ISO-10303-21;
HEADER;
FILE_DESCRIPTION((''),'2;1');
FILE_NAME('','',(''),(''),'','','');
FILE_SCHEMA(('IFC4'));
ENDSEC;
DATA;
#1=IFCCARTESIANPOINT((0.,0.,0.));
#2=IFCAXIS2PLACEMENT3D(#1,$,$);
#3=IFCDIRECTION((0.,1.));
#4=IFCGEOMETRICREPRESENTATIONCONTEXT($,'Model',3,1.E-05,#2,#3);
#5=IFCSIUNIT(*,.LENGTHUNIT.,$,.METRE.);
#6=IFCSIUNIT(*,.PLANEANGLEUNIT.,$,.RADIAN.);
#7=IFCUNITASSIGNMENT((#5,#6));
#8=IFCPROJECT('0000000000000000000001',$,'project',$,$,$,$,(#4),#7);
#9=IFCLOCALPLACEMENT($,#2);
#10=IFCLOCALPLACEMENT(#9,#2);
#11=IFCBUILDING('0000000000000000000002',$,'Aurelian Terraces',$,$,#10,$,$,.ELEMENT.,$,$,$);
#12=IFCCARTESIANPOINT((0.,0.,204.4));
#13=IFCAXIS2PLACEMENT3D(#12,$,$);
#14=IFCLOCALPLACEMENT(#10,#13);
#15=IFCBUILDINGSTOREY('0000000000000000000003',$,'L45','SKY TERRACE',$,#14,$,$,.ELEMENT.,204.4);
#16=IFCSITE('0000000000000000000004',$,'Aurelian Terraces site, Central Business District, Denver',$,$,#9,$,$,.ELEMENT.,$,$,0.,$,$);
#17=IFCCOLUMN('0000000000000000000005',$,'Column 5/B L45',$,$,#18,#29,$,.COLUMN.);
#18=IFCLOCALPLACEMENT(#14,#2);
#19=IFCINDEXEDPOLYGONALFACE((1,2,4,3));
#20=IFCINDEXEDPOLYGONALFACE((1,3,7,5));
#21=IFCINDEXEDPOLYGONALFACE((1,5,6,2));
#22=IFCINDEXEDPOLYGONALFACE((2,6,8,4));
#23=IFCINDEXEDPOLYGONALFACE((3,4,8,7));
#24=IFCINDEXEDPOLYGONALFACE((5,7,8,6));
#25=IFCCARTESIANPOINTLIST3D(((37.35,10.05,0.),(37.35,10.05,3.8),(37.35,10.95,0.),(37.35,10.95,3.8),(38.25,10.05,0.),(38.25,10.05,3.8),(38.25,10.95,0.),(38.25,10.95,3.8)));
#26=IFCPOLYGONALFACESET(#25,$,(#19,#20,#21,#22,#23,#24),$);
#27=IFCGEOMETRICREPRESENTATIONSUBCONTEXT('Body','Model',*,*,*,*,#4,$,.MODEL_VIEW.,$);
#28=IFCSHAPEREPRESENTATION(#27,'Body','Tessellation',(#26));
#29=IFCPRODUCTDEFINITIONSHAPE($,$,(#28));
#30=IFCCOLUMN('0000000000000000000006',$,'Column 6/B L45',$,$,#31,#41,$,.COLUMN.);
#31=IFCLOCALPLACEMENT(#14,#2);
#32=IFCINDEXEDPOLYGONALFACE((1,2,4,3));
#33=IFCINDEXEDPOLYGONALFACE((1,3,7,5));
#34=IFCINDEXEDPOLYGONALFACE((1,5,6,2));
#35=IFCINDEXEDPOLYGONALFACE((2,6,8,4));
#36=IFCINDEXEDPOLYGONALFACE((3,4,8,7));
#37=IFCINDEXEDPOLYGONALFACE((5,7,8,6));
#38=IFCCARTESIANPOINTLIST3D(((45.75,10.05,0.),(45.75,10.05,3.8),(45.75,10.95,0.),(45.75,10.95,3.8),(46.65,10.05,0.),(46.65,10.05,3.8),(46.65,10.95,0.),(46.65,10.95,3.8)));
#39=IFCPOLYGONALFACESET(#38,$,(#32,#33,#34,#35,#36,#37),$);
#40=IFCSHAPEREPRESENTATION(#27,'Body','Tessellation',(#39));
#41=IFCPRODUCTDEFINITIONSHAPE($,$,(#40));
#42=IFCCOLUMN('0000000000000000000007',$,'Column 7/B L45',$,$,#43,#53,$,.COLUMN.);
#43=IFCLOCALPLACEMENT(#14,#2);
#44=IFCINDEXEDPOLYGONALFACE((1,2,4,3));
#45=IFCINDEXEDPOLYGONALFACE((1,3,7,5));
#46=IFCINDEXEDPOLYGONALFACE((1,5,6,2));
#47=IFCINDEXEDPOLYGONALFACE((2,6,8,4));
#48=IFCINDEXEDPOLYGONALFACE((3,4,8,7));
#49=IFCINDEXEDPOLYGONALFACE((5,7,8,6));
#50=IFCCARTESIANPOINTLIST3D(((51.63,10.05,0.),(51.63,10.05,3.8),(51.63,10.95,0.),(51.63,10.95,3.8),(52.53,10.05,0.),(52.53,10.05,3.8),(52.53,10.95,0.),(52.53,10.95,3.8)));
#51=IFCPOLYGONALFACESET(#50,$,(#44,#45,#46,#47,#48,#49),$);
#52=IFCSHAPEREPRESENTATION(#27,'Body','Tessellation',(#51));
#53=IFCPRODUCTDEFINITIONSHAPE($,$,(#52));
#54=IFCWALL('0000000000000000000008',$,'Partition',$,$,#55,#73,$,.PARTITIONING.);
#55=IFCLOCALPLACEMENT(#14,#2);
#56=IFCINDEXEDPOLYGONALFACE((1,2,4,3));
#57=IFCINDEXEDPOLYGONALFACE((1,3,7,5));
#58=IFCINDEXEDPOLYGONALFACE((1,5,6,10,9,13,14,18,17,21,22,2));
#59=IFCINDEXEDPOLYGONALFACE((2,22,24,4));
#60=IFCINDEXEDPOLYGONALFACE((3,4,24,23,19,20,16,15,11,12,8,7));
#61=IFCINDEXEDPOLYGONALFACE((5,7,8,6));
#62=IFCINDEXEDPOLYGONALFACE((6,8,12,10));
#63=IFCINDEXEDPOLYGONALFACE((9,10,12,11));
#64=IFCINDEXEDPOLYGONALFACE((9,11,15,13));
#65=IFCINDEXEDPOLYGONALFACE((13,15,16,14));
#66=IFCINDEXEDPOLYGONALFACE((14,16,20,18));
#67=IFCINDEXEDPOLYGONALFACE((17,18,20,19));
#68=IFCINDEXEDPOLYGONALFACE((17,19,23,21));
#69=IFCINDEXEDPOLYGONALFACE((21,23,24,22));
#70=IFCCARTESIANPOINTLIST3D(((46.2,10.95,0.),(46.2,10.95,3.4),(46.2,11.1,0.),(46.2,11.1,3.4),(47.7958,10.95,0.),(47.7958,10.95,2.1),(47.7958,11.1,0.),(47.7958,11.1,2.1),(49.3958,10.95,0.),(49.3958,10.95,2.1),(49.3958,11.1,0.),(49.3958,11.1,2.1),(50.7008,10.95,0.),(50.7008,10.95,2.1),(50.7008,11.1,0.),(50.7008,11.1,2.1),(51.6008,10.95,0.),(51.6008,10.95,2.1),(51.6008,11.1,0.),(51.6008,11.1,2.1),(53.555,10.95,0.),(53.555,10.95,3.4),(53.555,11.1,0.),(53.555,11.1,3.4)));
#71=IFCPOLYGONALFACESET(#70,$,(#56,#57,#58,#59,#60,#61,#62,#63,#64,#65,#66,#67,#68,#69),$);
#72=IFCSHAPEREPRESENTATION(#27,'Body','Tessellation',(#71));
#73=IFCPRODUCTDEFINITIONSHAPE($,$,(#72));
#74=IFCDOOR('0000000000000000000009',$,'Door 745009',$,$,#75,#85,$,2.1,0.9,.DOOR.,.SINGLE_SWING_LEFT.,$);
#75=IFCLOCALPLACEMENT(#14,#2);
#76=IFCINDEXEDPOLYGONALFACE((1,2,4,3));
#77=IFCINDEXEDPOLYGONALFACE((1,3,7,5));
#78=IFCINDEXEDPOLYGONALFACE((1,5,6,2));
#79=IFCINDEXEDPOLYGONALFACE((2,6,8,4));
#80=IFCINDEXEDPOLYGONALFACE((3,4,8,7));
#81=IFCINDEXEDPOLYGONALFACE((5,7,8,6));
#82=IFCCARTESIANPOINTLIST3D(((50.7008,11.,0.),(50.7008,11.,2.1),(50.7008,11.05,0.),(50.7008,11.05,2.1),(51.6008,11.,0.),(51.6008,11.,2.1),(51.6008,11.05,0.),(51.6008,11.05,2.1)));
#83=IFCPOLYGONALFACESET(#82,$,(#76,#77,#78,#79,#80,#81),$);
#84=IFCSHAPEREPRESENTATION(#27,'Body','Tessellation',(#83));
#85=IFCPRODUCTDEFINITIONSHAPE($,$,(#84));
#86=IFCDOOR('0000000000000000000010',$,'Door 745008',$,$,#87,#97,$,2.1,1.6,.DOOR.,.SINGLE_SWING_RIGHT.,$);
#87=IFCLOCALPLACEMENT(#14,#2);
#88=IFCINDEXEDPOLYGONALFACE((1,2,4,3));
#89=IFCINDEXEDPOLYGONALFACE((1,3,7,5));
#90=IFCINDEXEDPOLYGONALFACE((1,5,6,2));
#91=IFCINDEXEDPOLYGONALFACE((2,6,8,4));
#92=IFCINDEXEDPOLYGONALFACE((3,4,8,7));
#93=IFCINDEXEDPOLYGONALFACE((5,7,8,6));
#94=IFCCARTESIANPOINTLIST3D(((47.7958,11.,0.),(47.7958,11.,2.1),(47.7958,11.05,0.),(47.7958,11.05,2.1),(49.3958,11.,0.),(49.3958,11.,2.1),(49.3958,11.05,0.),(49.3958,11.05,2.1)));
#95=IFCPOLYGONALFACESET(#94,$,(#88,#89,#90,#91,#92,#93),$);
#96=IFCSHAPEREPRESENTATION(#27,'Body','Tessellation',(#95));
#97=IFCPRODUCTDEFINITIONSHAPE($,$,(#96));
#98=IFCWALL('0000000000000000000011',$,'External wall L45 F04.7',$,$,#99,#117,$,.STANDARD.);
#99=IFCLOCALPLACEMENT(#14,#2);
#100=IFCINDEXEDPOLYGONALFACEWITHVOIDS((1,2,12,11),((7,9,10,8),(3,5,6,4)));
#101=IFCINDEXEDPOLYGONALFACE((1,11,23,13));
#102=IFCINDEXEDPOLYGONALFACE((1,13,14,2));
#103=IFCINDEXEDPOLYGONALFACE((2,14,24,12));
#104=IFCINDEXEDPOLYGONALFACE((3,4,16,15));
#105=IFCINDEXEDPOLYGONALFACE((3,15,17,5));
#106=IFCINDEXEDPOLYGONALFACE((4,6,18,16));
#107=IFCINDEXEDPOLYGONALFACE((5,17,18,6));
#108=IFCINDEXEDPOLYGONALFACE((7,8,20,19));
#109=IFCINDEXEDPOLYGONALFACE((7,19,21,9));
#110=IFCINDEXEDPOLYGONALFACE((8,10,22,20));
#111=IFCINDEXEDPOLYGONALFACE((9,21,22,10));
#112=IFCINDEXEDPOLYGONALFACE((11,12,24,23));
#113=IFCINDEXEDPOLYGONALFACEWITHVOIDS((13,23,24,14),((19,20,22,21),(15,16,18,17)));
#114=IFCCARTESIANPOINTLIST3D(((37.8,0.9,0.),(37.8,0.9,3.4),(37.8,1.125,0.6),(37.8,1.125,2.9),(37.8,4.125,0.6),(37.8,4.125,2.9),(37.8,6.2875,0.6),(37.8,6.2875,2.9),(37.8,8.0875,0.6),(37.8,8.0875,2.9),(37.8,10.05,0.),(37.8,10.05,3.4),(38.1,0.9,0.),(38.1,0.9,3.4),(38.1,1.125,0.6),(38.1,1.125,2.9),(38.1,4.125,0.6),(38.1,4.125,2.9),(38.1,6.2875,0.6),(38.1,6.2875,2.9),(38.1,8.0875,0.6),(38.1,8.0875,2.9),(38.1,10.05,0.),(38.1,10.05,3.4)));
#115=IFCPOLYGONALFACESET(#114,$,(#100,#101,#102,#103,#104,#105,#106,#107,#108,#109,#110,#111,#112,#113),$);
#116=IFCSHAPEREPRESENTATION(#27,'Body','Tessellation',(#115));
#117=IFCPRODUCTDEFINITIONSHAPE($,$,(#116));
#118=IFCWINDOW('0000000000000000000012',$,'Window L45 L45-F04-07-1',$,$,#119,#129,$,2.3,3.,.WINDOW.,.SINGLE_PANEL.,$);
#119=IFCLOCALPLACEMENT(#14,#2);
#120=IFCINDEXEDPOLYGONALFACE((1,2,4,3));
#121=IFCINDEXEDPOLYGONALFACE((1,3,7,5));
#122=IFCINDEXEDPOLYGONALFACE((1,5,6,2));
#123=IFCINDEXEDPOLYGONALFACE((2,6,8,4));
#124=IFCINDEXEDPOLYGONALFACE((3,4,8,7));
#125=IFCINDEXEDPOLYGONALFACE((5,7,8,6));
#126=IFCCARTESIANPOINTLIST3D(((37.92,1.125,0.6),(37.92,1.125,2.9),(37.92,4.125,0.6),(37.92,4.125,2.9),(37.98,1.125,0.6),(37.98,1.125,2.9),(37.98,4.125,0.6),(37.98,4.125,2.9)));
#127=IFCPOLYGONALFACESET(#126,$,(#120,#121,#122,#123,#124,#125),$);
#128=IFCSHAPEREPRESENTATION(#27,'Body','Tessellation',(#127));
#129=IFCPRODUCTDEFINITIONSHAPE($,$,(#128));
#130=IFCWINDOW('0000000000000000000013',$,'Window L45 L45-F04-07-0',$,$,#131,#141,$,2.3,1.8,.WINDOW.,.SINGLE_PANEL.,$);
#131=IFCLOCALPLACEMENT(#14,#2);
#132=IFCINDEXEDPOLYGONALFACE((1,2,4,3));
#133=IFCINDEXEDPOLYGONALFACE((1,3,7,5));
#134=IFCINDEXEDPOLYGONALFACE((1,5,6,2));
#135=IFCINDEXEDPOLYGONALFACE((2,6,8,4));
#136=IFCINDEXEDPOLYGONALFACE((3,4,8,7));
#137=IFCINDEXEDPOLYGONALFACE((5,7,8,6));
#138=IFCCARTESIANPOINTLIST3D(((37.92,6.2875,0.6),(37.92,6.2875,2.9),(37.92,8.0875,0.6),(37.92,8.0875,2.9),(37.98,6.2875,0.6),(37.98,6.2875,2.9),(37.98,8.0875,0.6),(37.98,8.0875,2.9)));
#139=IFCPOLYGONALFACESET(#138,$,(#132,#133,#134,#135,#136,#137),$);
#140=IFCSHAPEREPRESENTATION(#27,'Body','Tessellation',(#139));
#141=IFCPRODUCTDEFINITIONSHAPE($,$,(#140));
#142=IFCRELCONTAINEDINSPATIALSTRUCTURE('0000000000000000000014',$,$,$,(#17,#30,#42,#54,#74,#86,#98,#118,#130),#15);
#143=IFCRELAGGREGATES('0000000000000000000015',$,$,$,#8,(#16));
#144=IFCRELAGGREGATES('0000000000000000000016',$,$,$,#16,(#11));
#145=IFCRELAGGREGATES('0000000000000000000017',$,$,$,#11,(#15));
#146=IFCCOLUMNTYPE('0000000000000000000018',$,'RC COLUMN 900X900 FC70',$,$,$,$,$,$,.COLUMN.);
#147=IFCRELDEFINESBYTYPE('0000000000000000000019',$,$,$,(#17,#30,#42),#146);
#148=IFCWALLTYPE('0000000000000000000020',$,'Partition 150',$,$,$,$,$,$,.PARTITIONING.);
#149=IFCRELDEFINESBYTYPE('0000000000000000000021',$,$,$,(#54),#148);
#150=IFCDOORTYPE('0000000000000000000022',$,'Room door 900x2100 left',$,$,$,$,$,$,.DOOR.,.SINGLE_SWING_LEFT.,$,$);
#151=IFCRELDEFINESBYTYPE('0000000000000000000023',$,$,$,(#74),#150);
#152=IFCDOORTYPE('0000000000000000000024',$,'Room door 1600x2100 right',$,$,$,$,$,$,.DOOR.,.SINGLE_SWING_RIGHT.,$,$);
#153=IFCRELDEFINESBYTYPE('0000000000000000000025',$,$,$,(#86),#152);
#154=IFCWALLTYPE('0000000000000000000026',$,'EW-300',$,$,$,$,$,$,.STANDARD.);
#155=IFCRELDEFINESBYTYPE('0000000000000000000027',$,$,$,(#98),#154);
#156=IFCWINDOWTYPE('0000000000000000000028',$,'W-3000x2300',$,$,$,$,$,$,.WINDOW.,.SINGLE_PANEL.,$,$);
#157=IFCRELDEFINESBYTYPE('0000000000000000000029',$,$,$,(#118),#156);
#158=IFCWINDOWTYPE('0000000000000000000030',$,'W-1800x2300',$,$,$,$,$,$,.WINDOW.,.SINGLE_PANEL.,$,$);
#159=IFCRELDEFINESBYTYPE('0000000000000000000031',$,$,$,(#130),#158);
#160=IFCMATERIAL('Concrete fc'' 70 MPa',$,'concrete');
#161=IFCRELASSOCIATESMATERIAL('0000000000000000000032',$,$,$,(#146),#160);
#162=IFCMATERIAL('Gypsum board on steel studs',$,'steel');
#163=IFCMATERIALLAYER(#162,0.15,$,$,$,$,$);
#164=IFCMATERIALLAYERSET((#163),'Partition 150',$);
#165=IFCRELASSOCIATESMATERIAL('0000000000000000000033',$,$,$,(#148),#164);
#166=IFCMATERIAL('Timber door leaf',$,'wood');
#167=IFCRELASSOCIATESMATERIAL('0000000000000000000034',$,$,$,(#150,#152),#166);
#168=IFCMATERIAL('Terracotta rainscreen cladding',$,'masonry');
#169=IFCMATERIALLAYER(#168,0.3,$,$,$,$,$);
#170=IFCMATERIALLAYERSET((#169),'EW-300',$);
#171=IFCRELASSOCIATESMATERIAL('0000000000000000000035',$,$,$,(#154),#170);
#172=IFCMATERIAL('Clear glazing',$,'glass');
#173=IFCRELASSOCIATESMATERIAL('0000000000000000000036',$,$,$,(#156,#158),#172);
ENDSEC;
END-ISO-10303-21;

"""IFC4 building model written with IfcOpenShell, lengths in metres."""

from ifc_helpers import new_model, si_unit, direction, frame, frame_2d, origin, origin_2d, place, context, subcontext, project, spatial, rectangle, extrude, source, transform, mapped, material, layer, layer_set, material_profile, profile_set, type_object, element, fill, save


model = new_model("IFC4")

# Units and contexts
model_context = context("Model", 3, precision=1e-05, world=origin(), true_north=direction((0.0, 1.0)))
body_context = subcontext(model_context, "Body", "Model", "MODEL_VIEW")
ifc_project = project(units=[si_unit("LENGTHUNIT", "METRE"), si_unit("PLANEANGLEUNIT", "RADIAN")], contexts=[model_context])

# Site, building, storey
site_placement = place(None, origin())
site = spatial("IfcSite", under=ifc_project, at=site_placement, Name="Aurelian Terraces site, Central Business District, Denver", CompositionType="ELEMENT", RefElevation=0.0)
building_placement = place(site_placement, origin())
building = spatial("IfcBuilding", under=site, at=building_placement, Name="Aurelian Terraces", CompositionType="ELEMENT")
storey_placement = place(building_placement, frame((0.0, 0.0, 204.4)))
storey = spatial("IfcBuildingStorey", under=building, at=storey_placement, Name="L45", Description="SKY TERRACE", CompositionType="ELEMENT", Elevation=204.4)

# Columns
ifc_material_1 = material(Name="Concrete fc' 70 MPa", Category="concrete")
ifc_material_profile = material_profile(ifc_material_1, rectangle(XDim=0.9, YDim=0.9, at=origin_2d()))
ifc_profile_set = profile_set([ifc_material_profile], Name="Concrete fc' 70 MPa")
column_type = type_object("IfcColumnType", Name="RC COLUMN 900X900 FC70", PredefinedType="COLUMN", material=ifc_profile_set)
shared_shape_1 = source(origin(), body_context, "Body", "SweptSolid", [
    extrude(rectangle(XDim=0.9, YDim=0.9, at=origin_2d()), origin(), (0.0, 0.0, 1.0), 3.8),
])
for number, where, z_axis, x_axis, name in (
    (1, (37.8, 10.5, 0.0), (0.0, 0.0, 1.0), (1.0, 0.0, 0.0), "Column 5/B L45"),
    (2, (46.2, 10.5, 0.0), (0.0, 0.0, 1.0), (1.0, 0.0, 0.0), "Column 6/B L45"),
    (3, (52.08, 10.5, 0.0), (0.0, 0.0, 1.0), (1.0, 0.0, 0.0), "Column 7/B L45"),
):
    element("IfcColumn", number, at=place(storey_placement, frame(where, z_axis=z_axis, x_axis=x_axis)), inside=storey, type_object=column_type, Name=name, PredefinedType="COLUMN", context=body_context, shape_type="MappedRepresentation", body=[
        mapped(shared_shape_1, transform((0.0, 0.0, 0.0), scale=1.0)),
    ])

# Wall, openings, doors
ifc_material_2 = material(Name="Gypsum board on steel studs", Category="steel")
ifc_layer_1 = layer(ifc_material_2, 0.15)
ifc_layer_set_1 = layer_set([ifc_layer_1], Name="Partition 150")
wall_type_1 = type_object("IfcWallType", Name="Partition 150", PredefinedType="PARTITIONING", material=ifc_layer_set_1)
wall_1_placement = place(storey_placement, frame((53.555, 11.025, 0.0), z_axis=(0.0, 0.0, 1.0), x_axis=(-1.0, 0.0, 0.0)))
wall_1 = element("IfcWall", 4, at=wall_1_placement, inside=storey, type_object=wall_type_1, Name="Partition", PredefinedType="PARTITIONING", context=body_context, shape_type="SweptSolid", body=[
    extrude(rectangle(XDim=7.355, YDim=0.15, at=frame_2d((3.6775, 0.0))), origin(), (0.0, 0.0, 1.0), 3.4),
])
shared_shape_2 = source(origin(), body_context, "Body", "SweptSolid", [
    extrude(rectangle(XDim=1.6, YDim=2.1, at=frame_2d((0.8, 1.05))), frame((0.0, 0.085, 0.0), z_axis=(0.0, -1.0, 0.0), x_axis=(1.0, 0.0, 0.0)), (0.0, 0.0, 1.0), 0.17),
])
opening_1_placement = place(wall_1_placement, frame((4.1592, 0.0, 0.0)))
opening_1 = element("IfcOpeningElement", 5, at=opening_1_placement, cuts=wall_1, PredefinedType="OPENING", context=body_context, shape_type="MappedRepresentation", body=[
    mapped(shared_shape_2, transform((0.0, 0.0, 0.0), scale=1.0)),
])
shared_shape_3 = source(origin(), body_context, "Body", "SweptSolid", [
    extrude(rectangle(XDim=0.9, YDim=2.1, at=frame_2d((0.45, 1.05))), frame((0.0, 0.085, 0.0), z_axis=(0.0, -1.0, 0.0), x_axis=(1.0, 0.0, 0.0)), (0.0, 0.0, 1.0), 0.17),
])
opening_2_placement = place(wall_1_placement, frame((1.9542, 0.0, 0.0)))
opening_2 = element("IfcOpeningElement", 6, at=opening_2_placement, cuts=wall_1, PredefinedType="OPENING", context=body_context, shape_type="MappedRepresentation", body=[
    mapped(shared_shape_3, transform((0.0, 0.0, 0.0), scale=1.0)),
])
ifc_material_3 = material(Name="Timber door leaf", Category="wood")
door_type_1 = type_object("IfcDoorType", Name="Room door 900x2100 left", OperationType="SINGLE_SWING_LEFT", PredefinedType="DOOR", material=ifc_material_3)
shared_shape_4 = source(origin(), body_context, "Body", "SweptSolid", [
    extrude(rectangle(XDim=0.9, YDim=2.1, at=frame_2d((0.45, 1.05))), frame((0.0, 0.025, 0.0), z_axis=(0.0, -1.0, 0.0), x_axis=(1.0, 0.0, 0.0)), (0.0, 0.0, 1.0), 0.05),
])
door_1_placement = place(opening_2_placement, origin())
door_1 = element("IfcDoor", 7, at=door_1_placement, inside=storey, type_object=door_type_1, Name="Door 745009", OperationType="SINGLE_SWING_LEFT", OverallHeight=2.1, OverallWidth=0.9, PredefinedType="DOOR", context=body_context, shape_type="MappedRepresentation", body=[
    mapped(shared_shape_4, transform((0.0, 0.0, 0.0), scale=1.0)),
])
fill(opening_2, door_1)
door_type_2 = type_object("IfcDoorType", Name="Room door 1600x2100 right", OperationType="SINGLE_SWING_RIGHT", PredefinedType="DOOR", material=ifc_material_3)
shared_shape_5 = source(origin(), body_context, "Body", "SweptSolid", [
    extrude(rectangle(XDim=1.6, YDim=2.1, at=frame_2d((0.8, 1.05))), frame((0.0, 0.025, 0.0), z_axis=(0.0, -1.0, 0.0), x_axis=(1.0, 0.0, 0.0)), (0.0, 0.0, 1.0), 0.05),
])
door_2_placement = place(opening_1_placement, origin())
door_2 = element("IfcDoor", 8, at=door_2_placement, inside=storey, type_object=door_type_2, Name="Door 745008", OperationType="SINGLE_SWING_RIGHT", OverallHeight=2.1, OverallWidth=1.6, PredefinedType="DOOR", context=body_context, shape_type="MappedRepresentation", body=[
    mapped(shared_shape_5, transform((0.0, 0.0, 0.0), scale=1.0)),
])
fill(opening_1, door_2)

# Wall, openings, windows
ifc_material_4 = material(Name="Terracotta rainscreen cladding", Category="masonry")
ifc_layer_2 = layer(ifc_material_4, 0.3)
ifc_layer_set_2 = layer_set([ifc_layer_2], Name="EW-300")
wall_type_2 = type_object("IfcWallType", Name="EW-300", PredefinedType="STANDARD", material=ifc_layer_set_2)
shared_shape_6 = source(origin(), body_context, "Body", "SweptSolid", [
    extrude(rectangle(XDim=9.15, YDim=0.3, at=frame_2d((4.575, 0.0))), origin(), (0.0, 0.0, 1.0), 3.4),
])
wall_2_placement = place(storey_placement, frame((37.95, 10.05, 0.0), z_axis=(0.0, 0.0, 1.0), x_axis=(0.0, -1.0, 0.0)))
wall_2 = element("IfcWall", 9, at=wall_2_placement, inside=storey, type_object=wall_type_2, Name="External wall L45 F04.7", PredefinedType="STANDARD", context=body_context, shape_type="MappedRepresentation", body=[
    mapped(shared_shape_6, transform((0.0, 0.0, 0.0), scale=1.0)),
])
shared_shape_7 = source(origin(), body_context, "Body", "SweptSolid", [
    extrude(rectangle(XDim=1.8, YDim=2.3, at=frame_2d((0.9, 1.15))), frame((0.0, 0.16, 0.0), z_axis=(0.0, -1.0, 0.0), x_axis=(1.0, 0.0, 0.0)), (0.0, 0.0, 1.0), 0.32),
])
opening_3_placement = place(wall_2_placement, frame((1.9625, 0.0, 0.6)))
opening_3 = element("IfcOpeningElement", 10, at=opening_3_placement, cuts=wall_2, PredefinedType="OPENING", context=body_context, shape_type="MappedRepresentation", body=[
    mapped(shared_shape_7, transform((0.0, 0.0, 0.0), scale=1.0)),
])
shared_shape_8 = source(origin(), body_context, "Body", "SweptSolid", [
    extrude(rectangle(XDim=3.0, YDim=2.3, at=frame_2d((1.5, 1.15))), frame((0.0, 0.16, 0.0), z_axis=(0.0, -1.0, 0.0), x_axis=(1.0, 0.0, 0.0)), (0.0, 0.0, 1.0), 0.32),
])
opening_4_placement = place(wall_2_placement, frame((5.925, 0.0, 0.6)))
opening_4 = element("IfcOpeningElement", 11, at=opening_4_placement, cuts=wall_2, PredefinedType="OPENING", context=body_context, shape_type="MappedRepresentation", body=[
    mapped(shared_shape_8, transform((0.0, 0.0, 0.0), scale=1.0)),
])
ifc_material_5 = material(Name="Clear glazing", Category="glass")
window_type_1 = type_object("IfcWindowType", Name="W-3000x2300", PartitioningType="SINGLE_PANEL", PredefinedType="WINDOW", material=ifc_material_5)
shared_shape_9 = source(origin(), body_context, "Body", "SweptSolid", [
    extrude(rectangle(XDim=3.0, YDim=2.3, at=frame_2d((1.5, 1.15))), frame((0.0, 0.03, 0.0), z_axis=(0.0, -1.0, 0.0), x_axis=(1.0, 0.0, 0.0)), (0.0, 0.0, 1.0), 0.06),
])
window_1_placement = place(opening_4_placement, origin())
window_1 = element("IfcWindow", 12, at=window_1_placement, inside=storey, type_object=window_type_1, Name="Window L45 L45-F04-07-1", OverallHeight=2.3, OverallWidth=3.0, PartitioningType="SINGLE_PANEL", PredefinedType="WINDOW", context=body_context, shape_type="MappedRepresentation", body=[
    mapped(shared_shape_9, transform((0.0, 0.0, 0.0), scale=1.0)),
])
fill(opening_4, window_1)
window_type_2 = type_object("IfcWindowType", Name="W-1800x2300", PartitioningType="SINGLE_PANEL", PredefinedType="WINDOW", material=ifc_material_5)
shared_shape_10 = source(origin(), body_context, "Body", "SweptSolid", [
    extrude(rectangle(XDim=1.8, YDim=2.3, at=frame_2d((0.9, 1.15))), frame((0.0, 0.03, 0.0), z_axis=(0.0, -1.0, 0.0), x_axis=(1.0, 0.0, 0.0)), (0.0, 0.0, 1.0), 0.06),
])
window_2_placement = place(opening_3_placement, origin())
window_2 = element("IfcWindow", 13, at=window_2_placement, inside=storey, type_object=window_type_2, Name="Window L45 L45-F04-07-0", OverallHeight=2.3, OverallWidth=1.8, PartitioningType="SINGLE_PANEL", PredefinedType="WINDOW", context=body_context, shape_type="MappedRepresentation", body=[
    mapped(shared_shape_10, transform((0.0, 0.0, 0.0), scale=1.0)),
])
fill(opening_3, window_2)

save(model, "model.ifc")
